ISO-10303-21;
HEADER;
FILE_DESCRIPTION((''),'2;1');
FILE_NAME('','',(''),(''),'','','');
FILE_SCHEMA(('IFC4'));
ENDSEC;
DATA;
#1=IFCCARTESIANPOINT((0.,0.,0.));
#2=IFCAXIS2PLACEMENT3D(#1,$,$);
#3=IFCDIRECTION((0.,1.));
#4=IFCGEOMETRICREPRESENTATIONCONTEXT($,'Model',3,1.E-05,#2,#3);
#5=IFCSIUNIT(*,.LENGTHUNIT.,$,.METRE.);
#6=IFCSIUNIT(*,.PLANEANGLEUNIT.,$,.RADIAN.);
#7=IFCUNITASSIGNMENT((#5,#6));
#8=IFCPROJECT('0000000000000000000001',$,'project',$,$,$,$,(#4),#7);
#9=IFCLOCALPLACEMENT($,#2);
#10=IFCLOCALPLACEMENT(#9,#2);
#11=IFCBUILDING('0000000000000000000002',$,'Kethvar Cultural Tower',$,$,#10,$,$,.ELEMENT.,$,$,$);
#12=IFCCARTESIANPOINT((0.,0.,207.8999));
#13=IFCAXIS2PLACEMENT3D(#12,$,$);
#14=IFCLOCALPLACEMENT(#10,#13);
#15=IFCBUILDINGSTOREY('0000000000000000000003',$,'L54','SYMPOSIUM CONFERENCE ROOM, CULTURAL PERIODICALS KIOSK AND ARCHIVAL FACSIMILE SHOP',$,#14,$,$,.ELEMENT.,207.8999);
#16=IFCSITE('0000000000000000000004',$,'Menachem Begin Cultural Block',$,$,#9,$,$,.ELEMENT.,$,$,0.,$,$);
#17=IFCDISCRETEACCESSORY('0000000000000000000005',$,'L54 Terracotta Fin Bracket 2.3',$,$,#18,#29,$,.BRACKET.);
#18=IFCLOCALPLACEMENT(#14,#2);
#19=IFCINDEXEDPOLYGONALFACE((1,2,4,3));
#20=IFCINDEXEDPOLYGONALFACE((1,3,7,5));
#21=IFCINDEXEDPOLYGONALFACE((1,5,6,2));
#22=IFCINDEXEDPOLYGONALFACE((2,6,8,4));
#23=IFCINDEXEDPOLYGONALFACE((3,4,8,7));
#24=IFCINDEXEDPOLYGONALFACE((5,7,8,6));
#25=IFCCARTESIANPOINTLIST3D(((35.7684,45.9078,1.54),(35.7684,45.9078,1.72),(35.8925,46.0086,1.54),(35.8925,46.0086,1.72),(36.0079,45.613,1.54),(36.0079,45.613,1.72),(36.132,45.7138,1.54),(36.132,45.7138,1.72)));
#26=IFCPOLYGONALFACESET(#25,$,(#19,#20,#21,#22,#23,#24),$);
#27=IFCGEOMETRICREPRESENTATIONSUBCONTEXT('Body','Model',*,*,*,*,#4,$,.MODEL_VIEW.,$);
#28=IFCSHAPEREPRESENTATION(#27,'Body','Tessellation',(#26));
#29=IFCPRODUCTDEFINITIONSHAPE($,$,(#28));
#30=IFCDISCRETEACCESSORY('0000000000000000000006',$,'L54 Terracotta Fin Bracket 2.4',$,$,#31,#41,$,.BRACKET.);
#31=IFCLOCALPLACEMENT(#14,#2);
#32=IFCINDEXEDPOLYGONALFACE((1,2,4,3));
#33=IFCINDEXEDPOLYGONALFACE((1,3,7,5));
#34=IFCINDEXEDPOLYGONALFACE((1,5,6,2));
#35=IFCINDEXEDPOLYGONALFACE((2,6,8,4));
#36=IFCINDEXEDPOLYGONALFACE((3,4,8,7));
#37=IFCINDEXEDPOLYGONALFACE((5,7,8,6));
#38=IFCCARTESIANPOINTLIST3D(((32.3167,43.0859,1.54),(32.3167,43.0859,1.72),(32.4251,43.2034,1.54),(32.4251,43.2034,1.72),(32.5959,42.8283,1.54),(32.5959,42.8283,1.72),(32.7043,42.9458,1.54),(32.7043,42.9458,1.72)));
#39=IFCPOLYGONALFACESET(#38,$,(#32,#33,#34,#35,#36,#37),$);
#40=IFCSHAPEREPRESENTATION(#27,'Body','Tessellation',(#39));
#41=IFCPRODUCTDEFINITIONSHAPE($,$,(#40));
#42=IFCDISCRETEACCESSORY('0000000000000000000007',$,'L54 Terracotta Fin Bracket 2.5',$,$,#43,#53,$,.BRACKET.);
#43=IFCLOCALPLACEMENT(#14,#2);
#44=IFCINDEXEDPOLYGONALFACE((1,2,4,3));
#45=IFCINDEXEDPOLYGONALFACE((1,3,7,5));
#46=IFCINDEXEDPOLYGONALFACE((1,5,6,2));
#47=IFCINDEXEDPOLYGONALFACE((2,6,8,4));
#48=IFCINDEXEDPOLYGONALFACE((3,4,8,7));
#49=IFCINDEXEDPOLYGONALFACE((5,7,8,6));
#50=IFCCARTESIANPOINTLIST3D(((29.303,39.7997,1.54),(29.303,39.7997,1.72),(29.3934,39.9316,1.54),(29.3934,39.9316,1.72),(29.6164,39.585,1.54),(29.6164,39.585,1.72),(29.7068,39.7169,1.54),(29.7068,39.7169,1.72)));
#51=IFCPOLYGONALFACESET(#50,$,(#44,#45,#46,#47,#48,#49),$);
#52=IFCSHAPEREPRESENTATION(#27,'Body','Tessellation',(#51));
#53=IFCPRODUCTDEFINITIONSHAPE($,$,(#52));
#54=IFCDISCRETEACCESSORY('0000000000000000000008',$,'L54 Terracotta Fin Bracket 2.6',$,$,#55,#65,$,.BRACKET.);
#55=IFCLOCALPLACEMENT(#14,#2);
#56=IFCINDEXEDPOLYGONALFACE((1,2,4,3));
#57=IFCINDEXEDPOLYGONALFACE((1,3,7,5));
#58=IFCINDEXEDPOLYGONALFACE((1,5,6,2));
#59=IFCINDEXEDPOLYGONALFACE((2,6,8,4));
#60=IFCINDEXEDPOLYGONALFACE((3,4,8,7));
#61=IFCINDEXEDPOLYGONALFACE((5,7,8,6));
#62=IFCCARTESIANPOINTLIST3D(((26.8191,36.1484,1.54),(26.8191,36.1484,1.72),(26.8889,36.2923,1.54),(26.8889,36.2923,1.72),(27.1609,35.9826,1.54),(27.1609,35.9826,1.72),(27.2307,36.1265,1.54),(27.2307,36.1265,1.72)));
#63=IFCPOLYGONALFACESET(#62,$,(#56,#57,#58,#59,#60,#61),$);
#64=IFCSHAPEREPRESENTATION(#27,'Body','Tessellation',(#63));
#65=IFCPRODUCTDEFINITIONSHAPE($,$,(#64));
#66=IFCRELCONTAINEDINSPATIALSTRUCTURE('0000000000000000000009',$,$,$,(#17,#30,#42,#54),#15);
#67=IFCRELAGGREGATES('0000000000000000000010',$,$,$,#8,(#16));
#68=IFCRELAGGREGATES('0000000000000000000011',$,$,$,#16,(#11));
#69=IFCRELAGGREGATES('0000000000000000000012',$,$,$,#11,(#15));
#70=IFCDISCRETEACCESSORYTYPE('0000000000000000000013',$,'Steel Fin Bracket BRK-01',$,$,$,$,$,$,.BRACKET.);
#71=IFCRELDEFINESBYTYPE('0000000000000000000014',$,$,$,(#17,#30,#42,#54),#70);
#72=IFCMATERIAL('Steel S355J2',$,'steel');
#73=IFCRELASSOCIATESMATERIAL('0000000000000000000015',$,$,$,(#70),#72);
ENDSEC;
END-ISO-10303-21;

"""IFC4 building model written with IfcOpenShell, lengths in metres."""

from ifc_helpers import new_model, si_unit, direction, frame, origin, origin_2d, place, context, subcontext, project, spatial, rectangle, extrude, source, transform, mapped, material, type_object, element, save


model = new_model("IFC4")

# Units and contexts
model_context = context("Model", 3, precision=1e-05, world=origin(), true_north=direction((0.0, 1.0)))
body_context = subcontext(model_context, "Body", "Model", "MODEL_VIEW")
ifc_project = project(units=[si_unit("LENGTHUNIT", "METRE"), si_unit("PLANEANGLEUNIT", "RADIAN")], contexts=[model_context])

# Site, building, storey
site_placement = place(None, origin())
site = spatial("IfcSite", under=ifc_project, at=site_placement, Name="Menachem Begin Cultural Block", CompositionType="ELEMENT", RefElevation=0.0)
building_placement = place(site_placement, origin())
building = spatial("IfcBuilding", under=site, at=building_placement, Name="Kethvar Cultural Tower", CompositionType="ELEMENT")
storey_placement = place(building_placement, frame((0.0, 0.0, 207.8999)))
storey = spatial("IfcBuildingStorey", under=building, at=storey_placement, Name="L54", Description="SYMPOSIUM CONFERENCE ROOM, CULTURAL PERIODICALS KIOSK AND ARCHIVAL FACSIMILE SHOP", CompositionType="ELEMENT", Elevation=207.8999)

# Shared definitions
ifc_material_1 = material(Name="Steel S355J2", Category="steel")

# Discrete accessories
discrete_accessory_type = type_object("IfcDiscreteAccessoryType", Name="Steel Fin Bracket BRK-01", PredefinedType="BRACKET", material=ifc_material_1)
shared_shape_1 = source(origin(), body_context, "Body", "SweptSolid", [
    extrude(rectangle(XDim=0.3799, YDim=0.1599, at=origin_2d()), origin(), (0.0, 0.0, 1.0), 0.1799),
])
for number, where, z_axis, x_axis, name in (
    (1, (35.9502, 45.8108, 1.54), (0.0, 0.0, 1.0), (-0.630676, 0.776046, 0.0), "L54 Terracotta Fin Bracket 2.3"),
    (2, (32.5105, 43.0159, 1.54), (0.0, 0.0, 1.0), (-0.734915, 0.67816, 0.0), "L54 Terracotta Fin Bracket 2.4"),
    (3, (29.5049, 39.7583, 1.54), (0.0, 0.0, 1.0), (-0.825015, 0.565111, 0.0), "L54 Terracotta Fin Bracket 2.5"),
    (4, (27.0249, 36.1375, 1.54), (0.0, 0.0, 1.0), (-0.89971, 0.436488, 0.0), "L54 Terracotta Fin Bracket 2.6"),
):
    element("IfcDiscreteAccessory", number, at=place(storey_placement, frame(where, z_axis=z_axis, x_axis=x_axis)), inside=storey, type_object=discrete_accessory_type, Name=name, PredefinedType="BRACKET", context=body_context, shape_type="MappedRepresentation", body=[
        mapped(shared_shape_1, transform((0.0, 0.0, 0.0), scale=1.0)),
    ])

save(model, "model.ifc")
